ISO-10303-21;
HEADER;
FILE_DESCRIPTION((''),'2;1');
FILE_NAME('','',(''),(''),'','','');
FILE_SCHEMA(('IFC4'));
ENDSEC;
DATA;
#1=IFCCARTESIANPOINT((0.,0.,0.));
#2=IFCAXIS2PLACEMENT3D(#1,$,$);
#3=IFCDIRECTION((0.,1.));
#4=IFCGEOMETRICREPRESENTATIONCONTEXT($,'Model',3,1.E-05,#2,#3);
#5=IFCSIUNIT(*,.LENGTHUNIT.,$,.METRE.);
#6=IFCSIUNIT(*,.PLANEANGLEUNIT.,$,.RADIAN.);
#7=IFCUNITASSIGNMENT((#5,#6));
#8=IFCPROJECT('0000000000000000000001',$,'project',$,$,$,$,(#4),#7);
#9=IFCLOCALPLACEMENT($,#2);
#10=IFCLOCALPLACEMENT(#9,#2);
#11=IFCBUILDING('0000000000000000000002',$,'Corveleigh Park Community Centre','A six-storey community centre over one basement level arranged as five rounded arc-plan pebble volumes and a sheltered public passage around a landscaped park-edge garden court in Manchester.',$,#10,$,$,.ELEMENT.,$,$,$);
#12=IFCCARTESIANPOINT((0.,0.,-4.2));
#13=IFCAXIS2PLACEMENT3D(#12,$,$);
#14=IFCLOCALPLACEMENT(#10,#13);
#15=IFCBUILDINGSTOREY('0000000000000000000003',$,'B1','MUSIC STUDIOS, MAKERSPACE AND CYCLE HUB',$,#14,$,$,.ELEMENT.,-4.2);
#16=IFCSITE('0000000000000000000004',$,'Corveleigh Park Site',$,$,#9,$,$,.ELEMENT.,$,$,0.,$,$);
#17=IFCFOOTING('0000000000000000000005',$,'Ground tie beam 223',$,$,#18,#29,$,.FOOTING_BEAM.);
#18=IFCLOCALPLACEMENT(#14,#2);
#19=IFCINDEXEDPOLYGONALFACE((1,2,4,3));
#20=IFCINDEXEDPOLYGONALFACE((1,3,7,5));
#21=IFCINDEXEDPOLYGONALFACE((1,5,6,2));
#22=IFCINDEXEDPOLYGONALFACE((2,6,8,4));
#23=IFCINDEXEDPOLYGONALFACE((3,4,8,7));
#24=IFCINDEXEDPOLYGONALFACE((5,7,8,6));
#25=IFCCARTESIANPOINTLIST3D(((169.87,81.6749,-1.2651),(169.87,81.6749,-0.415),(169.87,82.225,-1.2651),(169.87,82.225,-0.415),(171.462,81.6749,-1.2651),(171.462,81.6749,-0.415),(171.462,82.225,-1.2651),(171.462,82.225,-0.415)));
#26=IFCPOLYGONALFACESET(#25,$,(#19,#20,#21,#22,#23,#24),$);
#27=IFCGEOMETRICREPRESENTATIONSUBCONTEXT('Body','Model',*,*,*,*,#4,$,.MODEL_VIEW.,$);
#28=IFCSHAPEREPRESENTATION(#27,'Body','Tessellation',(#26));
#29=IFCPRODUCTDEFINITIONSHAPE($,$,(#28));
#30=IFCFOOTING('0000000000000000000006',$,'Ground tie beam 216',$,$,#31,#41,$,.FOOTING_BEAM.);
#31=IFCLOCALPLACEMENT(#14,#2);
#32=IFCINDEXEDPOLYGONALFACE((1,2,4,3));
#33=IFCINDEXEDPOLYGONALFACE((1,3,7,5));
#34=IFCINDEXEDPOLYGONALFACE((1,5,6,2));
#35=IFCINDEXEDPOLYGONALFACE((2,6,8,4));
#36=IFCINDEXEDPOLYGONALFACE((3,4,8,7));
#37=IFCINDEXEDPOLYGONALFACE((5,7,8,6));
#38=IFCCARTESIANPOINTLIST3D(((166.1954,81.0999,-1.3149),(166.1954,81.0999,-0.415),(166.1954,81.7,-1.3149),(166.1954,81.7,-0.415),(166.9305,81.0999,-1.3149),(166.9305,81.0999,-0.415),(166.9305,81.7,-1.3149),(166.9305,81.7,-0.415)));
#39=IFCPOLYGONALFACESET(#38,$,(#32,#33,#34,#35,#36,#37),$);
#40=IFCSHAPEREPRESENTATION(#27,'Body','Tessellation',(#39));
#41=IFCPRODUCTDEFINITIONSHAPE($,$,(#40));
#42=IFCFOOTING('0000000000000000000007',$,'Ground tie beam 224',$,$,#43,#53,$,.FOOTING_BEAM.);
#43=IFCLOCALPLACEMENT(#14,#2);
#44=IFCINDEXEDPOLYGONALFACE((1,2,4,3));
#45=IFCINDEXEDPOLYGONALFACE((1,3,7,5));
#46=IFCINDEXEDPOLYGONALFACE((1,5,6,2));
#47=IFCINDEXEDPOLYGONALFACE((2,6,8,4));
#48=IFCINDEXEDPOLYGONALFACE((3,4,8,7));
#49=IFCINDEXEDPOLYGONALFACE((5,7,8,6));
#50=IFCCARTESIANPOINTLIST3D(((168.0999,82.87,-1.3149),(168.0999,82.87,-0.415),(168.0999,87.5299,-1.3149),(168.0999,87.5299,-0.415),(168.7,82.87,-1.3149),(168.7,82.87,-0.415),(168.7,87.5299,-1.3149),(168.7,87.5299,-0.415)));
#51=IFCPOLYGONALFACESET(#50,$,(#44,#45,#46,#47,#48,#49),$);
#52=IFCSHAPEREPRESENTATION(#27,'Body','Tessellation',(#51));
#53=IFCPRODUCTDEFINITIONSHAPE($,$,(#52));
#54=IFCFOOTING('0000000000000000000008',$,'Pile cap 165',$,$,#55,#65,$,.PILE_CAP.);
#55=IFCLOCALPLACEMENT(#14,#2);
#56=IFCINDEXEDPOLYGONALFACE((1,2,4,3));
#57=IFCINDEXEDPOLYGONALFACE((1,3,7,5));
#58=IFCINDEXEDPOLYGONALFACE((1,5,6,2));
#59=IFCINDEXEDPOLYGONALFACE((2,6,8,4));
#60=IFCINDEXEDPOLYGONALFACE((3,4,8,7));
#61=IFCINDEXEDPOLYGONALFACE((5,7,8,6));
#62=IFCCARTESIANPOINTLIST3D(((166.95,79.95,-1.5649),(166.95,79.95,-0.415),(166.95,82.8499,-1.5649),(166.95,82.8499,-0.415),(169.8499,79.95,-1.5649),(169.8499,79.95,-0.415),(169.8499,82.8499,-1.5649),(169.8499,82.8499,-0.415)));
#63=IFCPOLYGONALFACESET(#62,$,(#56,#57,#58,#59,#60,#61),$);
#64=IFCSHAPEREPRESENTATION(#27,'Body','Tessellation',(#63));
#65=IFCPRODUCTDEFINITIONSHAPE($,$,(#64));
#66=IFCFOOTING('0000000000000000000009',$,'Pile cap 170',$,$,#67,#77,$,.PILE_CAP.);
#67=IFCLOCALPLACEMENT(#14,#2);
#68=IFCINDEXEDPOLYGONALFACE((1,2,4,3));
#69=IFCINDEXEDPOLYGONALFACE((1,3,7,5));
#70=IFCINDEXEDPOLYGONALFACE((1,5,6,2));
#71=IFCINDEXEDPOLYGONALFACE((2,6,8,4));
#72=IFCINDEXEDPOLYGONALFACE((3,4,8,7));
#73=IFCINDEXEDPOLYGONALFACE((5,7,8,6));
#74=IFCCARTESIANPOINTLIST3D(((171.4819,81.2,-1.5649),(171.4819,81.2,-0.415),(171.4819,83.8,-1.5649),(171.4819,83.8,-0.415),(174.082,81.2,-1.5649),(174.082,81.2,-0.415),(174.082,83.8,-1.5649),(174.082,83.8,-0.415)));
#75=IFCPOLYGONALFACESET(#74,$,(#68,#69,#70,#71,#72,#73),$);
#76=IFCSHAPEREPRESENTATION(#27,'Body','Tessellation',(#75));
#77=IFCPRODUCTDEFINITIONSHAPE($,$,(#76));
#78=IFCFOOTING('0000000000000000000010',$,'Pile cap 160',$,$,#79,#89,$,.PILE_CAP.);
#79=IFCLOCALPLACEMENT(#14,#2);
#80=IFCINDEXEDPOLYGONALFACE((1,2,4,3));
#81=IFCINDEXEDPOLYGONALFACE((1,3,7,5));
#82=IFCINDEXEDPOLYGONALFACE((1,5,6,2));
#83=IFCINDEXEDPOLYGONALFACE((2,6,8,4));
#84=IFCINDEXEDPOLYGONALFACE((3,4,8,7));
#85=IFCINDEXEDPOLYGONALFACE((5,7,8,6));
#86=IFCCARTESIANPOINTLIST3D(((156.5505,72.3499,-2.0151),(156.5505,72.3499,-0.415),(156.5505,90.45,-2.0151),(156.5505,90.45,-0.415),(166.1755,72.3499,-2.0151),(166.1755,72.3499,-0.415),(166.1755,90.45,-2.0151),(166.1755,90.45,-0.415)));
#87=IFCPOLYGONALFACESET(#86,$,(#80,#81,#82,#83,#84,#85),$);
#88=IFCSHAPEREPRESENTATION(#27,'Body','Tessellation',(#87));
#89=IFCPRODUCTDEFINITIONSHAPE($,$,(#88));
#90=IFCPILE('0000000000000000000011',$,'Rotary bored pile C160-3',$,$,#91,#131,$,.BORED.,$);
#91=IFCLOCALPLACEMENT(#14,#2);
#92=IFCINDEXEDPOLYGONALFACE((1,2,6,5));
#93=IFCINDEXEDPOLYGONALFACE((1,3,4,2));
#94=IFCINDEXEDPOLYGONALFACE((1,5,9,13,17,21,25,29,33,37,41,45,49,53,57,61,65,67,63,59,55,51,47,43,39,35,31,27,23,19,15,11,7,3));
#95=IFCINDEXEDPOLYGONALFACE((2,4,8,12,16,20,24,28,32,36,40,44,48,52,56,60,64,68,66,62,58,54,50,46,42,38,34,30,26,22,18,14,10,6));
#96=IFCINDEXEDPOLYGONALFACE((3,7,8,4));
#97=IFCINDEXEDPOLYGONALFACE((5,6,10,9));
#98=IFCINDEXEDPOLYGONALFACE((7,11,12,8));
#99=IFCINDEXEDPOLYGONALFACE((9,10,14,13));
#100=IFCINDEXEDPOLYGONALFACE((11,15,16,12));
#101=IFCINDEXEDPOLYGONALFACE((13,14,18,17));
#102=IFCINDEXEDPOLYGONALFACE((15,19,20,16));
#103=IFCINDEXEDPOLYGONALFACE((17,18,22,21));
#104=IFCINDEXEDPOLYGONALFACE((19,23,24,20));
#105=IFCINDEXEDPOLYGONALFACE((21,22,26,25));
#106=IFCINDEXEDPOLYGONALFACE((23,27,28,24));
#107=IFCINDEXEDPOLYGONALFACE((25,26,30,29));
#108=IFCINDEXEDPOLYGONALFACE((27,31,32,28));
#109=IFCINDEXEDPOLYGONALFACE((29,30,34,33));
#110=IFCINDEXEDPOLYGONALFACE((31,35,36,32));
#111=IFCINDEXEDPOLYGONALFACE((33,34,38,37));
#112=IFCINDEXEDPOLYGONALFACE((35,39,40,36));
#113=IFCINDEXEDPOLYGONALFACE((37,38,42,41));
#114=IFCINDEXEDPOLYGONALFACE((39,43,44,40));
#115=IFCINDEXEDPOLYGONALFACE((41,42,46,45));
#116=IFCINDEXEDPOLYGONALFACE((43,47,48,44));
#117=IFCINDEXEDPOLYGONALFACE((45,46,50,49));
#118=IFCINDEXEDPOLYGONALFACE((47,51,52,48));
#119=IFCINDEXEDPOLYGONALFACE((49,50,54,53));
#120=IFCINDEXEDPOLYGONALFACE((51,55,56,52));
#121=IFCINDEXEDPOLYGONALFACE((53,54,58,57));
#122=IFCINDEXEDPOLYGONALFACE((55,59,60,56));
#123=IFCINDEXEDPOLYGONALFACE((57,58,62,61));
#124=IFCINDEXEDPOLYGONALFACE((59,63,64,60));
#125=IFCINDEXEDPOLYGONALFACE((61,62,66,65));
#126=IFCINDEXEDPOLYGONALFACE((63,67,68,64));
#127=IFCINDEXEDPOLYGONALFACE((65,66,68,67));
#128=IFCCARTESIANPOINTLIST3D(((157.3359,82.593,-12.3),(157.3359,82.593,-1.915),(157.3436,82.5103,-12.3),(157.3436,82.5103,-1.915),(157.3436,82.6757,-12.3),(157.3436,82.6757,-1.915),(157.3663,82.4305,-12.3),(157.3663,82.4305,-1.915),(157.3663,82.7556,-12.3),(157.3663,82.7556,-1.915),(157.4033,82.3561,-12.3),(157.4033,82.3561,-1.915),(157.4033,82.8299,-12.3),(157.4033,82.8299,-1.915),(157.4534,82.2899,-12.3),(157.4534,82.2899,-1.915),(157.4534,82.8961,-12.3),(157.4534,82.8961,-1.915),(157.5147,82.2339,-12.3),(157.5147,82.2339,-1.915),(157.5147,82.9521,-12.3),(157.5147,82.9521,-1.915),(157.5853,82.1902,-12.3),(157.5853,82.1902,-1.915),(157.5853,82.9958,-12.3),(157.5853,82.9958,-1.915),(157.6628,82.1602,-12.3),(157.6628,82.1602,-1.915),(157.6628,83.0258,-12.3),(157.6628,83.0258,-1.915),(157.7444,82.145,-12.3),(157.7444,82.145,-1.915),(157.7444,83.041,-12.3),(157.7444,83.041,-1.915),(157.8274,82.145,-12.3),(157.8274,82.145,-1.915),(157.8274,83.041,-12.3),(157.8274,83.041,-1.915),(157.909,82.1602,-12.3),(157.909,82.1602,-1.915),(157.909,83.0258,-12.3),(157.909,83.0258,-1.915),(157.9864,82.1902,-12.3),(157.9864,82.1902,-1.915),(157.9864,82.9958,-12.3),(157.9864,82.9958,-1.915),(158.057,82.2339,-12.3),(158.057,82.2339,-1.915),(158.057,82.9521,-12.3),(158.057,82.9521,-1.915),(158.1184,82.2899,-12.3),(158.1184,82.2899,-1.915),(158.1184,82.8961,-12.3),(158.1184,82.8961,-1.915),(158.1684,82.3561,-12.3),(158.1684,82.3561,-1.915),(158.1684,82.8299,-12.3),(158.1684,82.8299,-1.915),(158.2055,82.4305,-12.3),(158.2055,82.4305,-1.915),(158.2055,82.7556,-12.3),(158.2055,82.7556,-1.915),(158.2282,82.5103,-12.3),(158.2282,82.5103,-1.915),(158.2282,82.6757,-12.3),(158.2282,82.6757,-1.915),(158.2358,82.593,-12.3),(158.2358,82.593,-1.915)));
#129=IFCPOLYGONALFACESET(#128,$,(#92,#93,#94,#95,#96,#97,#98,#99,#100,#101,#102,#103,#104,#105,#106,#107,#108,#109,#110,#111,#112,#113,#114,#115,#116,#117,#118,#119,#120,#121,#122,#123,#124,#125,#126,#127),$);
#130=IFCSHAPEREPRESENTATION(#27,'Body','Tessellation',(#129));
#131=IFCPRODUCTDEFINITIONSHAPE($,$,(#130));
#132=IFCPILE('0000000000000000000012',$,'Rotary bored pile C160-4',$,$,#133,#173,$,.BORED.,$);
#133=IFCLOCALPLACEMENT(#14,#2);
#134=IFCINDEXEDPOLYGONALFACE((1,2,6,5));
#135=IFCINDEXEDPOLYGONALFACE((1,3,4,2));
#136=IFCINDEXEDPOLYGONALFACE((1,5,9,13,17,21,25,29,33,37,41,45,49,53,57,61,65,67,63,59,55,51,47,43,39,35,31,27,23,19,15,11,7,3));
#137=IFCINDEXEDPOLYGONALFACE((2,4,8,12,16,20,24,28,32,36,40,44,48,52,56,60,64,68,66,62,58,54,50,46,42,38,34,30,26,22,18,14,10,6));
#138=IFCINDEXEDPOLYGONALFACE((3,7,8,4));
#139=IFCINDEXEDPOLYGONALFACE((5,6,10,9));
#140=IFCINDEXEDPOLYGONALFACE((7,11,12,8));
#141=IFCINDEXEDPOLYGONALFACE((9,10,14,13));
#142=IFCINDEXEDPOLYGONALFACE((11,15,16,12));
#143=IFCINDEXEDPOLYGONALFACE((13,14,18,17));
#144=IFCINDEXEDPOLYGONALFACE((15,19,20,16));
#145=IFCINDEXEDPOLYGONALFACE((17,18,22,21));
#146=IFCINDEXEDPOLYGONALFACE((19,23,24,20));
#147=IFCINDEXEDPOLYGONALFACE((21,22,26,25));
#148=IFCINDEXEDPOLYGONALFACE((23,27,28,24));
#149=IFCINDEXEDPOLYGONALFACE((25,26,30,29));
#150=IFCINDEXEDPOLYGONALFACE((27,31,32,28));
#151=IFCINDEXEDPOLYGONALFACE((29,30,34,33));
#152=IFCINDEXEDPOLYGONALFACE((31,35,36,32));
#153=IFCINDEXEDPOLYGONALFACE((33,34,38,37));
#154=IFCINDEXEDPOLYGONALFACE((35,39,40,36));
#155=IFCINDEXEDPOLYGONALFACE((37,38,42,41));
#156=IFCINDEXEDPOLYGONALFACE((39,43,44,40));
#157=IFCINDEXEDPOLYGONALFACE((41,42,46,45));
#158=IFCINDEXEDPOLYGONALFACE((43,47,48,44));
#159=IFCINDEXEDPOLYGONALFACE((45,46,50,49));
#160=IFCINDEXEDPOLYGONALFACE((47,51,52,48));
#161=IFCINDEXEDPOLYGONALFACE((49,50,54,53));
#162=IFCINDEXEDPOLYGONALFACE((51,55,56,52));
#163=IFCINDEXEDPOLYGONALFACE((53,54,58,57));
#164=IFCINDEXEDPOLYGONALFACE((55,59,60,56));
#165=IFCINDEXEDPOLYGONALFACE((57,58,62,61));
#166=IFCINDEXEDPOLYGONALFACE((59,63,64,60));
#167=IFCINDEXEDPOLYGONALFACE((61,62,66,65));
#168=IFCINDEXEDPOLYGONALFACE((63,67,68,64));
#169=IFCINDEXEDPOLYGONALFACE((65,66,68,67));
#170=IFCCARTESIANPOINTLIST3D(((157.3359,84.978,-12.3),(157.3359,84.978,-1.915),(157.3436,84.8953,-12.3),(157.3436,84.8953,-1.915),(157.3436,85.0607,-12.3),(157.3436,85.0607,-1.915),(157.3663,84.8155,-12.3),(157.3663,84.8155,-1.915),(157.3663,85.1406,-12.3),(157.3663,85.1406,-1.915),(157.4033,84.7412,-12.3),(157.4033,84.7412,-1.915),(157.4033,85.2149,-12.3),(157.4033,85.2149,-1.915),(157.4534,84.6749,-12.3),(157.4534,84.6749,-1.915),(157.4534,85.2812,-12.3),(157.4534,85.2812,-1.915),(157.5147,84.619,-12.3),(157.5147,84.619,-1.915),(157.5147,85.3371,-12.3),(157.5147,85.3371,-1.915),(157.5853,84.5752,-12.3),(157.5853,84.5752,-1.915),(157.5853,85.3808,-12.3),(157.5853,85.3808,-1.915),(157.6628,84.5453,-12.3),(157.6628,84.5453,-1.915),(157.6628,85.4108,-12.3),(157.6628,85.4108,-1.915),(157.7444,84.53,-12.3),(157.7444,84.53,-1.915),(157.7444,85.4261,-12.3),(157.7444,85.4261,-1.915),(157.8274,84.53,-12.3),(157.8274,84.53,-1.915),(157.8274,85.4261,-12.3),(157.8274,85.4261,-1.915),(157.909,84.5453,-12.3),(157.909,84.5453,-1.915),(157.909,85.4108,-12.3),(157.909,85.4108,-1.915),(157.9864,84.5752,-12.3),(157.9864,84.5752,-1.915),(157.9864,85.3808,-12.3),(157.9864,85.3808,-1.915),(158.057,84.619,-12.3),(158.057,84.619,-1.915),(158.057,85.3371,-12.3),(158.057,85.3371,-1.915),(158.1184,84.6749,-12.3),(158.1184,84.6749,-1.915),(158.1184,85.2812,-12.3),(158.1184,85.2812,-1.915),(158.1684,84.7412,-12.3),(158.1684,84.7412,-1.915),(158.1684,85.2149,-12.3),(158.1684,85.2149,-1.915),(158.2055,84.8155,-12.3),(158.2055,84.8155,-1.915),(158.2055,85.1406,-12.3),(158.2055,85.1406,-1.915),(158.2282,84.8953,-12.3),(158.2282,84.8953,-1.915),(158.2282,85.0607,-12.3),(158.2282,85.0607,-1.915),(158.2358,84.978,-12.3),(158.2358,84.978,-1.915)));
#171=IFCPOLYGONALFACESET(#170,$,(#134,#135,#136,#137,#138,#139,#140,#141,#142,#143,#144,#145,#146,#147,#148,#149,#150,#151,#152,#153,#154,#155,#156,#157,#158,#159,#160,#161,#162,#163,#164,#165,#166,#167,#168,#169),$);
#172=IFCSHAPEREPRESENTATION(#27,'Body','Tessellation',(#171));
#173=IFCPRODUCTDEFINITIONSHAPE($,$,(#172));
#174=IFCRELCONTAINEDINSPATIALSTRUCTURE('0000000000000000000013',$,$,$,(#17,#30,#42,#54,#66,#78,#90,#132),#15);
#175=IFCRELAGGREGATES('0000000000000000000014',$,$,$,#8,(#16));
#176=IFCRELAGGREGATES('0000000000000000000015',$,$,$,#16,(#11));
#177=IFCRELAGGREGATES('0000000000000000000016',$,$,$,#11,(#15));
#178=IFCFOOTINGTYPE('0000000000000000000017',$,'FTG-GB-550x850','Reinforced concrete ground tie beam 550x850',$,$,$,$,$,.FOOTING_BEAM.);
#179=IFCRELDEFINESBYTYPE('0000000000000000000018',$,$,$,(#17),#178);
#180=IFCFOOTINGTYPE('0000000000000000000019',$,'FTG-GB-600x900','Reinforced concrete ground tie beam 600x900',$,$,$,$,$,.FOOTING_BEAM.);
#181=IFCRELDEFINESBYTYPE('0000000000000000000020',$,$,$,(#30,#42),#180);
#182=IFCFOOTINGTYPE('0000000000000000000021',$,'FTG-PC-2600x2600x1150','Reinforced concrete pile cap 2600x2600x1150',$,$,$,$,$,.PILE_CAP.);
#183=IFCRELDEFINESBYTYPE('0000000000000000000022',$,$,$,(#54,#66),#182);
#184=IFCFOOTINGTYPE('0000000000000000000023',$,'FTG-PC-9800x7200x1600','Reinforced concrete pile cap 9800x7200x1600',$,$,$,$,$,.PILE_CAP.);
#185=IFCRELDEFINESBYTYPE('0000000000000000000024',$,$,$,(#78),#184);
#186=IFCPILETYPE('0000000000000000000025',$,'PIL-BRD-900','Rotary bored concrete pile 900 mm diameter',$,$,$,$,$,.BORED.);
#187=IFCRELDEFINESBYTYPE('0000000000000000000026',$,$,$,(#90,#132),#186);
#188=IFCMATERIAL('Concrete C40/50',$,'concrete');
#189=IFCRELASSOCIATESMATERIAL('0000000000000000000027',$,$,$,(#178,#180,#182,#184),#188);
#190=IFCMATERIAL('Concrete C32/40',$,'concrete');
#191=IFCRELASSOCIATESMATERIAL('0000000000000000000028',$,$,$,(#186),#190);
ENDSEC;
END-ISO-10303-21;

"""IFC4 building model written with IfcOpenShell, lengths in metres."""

from ifc_helpers import new_model, si_unit, direction, frame, origin, origin_2d, place, context, subcontext, project, spatial, rectangle, circle, extrude, material, material_profile, profile_set, type_object, element, save


model = new_model("IFC4")

# Units and contexts
model_context = context("Model", 3, precision=1e-05, world=origin(), true_north=direction((0.0, 1.0)))
body_context = subcontext(model_context, "Body", "Model", "MODEL_VIEW")
ifc_project = project(units=[si_unit("LENGTHUNIT", "METRE"), si_unit("PLANEANGLEUNIT", "RADIAN")], contexts=[model_context])

# Site, building, storey
site_placement = place(None, origin())
site = spatial("IfcSite", under=ifc_project, at=site_placement, Name="Corveleigh Park Site", CompositionType="ELEMENT", RefElevation=0.0)
building_placement = place(site_placement, origin())
building = spatial("IfcBuilding", under=site, at=building_placement, Name="Corveleigh Park Community Centre", Description="A six-storey community centre over one basement level arranged as five rounded arc-plan pebble volumes and a sheltered public passage around a landscaped park-edge garden court in Manchester.", CompositionType="ELEMENT")
storey_placement = place(building_placement, frame((0.0, 0.0, -4.2)))
storey = spatial("IfcBuildingStorey", under=building, at=storey_placement, Name="B1", Description="MUSIC STUDIOS, MAKERSPACE AND CYCLE HUB", CompositionType="ELEMENT", Elevation=-4.2)

# Footings
ifc_material_1 = material(Name="Concrete C40/50", Category="concrete")
footing_type_1 = type_object("IfcFootingType", Name="FTG-GB-550x850", Description="Reinforced concrete ground tie beam 550x850", PredefinedType="FOOTING_BEAM", material=ifc_material_1)
footing_1_placement = place(storey_placement, frame((170.666, 81.95, -1.2651), z_axis=(0.0, 0.0, 1.0), x_axis=(1.0, 0.0, 0.0)))
element("IfcFooting", 1, at=footing_1_placement, inside=storey, type_object=footing_type_1, Name="Ground tie beam 223", PredefinedType="FOOTING_BEAM", context=body_context, shape_type="SweptSolid", body=[
    extrude(rectangle(XDim=1.592, YDim=0.55, at=origin_2d()), origin(), (0.0, 0.0, 1.0), 0.8501),
])
footing_type_2 = type_object("IfcFootingType", Name="FTG-GB-600x900", Description="Reinforced concrete ground tie beam 600x900", PredefinedType="FOOTING_BEAM", material=ifc_material_1)
footing_2_placement = place(storey_placement, frame((166.563, 81.3999, -1.3149), z_axis=(0.0, 0.0, 1.0), x_axis=(1.0, 0.0, 0.0)))
element("IfcFooting", 2, at=footing_2_placement, inside=storey, type_object=footing_type_2, Name="Ground tie beam 216", PredefinedType="FOOTING_BEAM", context=body_context, shape_type="SweptSolid", body=[
    extrude(rectangle(XDim=0.7351, YDim=0.6001, at=origin_2d()), origin(), (0.0, 0.0, 1.0), 0.8999),
])
footing_3_placement = place(storey_placement, frame((168.3999, 85.2, -1.3149), z_axis=(0.0, 0.0, 1.0), x_axis=(1.0, 0.0, 0.0)))
element("IfcFooting", 3, at=footing_3_placement, inside=storey, type_object=footing_type_2, Name="Ground tie beam 224", PredefinedType="FOOTING_BEAM", context=body_context, shape_type="SweptSolid", body=[
    extrude(rectangle(XDim=0.6001, YDim=4.6599, at=origin_2d()), origin(), (0.0, 0.0, 1.0), 0.8999),
])
footing_type_3 = type_object("IfcFootingType", Name="FTG-PC-2600x2600x1150", Description="Reinforced concrete pile cap 2600x2600x1150", PredefinedType="PILE_CAP", material=ifc_material_1)
footing_4_placement = place(storey_placement, frame((168.3999, 81.3999, -1.5649), z_axis=(0.0, 0.0, 1.0), x_axis=(1.0, 0.0, 0.0)))
element("IfcFooting", 4, at=footing_4_placement, inside=storey, type_object=footing_type_3, Name="Pile cap 165", PredefinedType="PILE_CAP", context=body_context, shape_type="SweptSolid", body=[
    extrude(rectangle(XDim=2.8999, YDim=2.8999, at=origin_2d()), origin(), (0.0, 0.0, 1.0), 1.1499),
])
footing_5_placement = place(storey_placement, frame((172.782, 82.5, -1.5649), z_axis=(0.0, 0.0, 1.0), x_axis=(1.0, 0.0, 0.0)))
element("IfcFooting", 5, at=footing_5_placement, inside=storey, type_object=footing_type_3, Name="Pile cap 170", PredefinedType="PILE_CAP", context=body_context, shape_type="SweptSolid", body=[
    extrude(rectangle(XDim=2.6001, YDim=2.6001, at=origin_2d()), origin(), (0.0, 0.0, 1.0), 1.1499),
])
footing_type_4 = type_object("IfcFootingType", Name="FTG-PC-9800x7200x1600", Description="Reinforced concrete pile cap 9800x7200x1600", PredefinedType="PILE_CAP", material=ifc_material_1)
footing_6_placement = place(storey_placement, frame((161.363, 81.3999, -2.0151), z_axis=(0.0, 0.0, 1.0), x_axis=(1.0, 0.0, 0.0)))
element("IfcFooting", 6, at=footing_6_placement, inside=storey, type_object=footing_type_4, Name="Pile cap 160", PredefinedType="PILE_CAP", context=body_context, shape_type="SweptSolid", body=[
    extrude(rectangle(XDim=9.625, YDim=18.1001, at=origin_2d()), origin(), (0.0, 0.0, 1.0), 1.6001),
])

# Piles
ifc_material_2 = material(Name="Concrete C32/40", Category="concrete")
ifc_material_profile_1 = material_profile(ifc_material_2, circle(Radius=0.45, at=origin_2d()), Name="BORED-PILE-900", Category="concrete")
ifc_profile_set_1 = profile_set([ifc_material_profile_1], Name="Concrete C32/40")
pile_type = type_object("IfcPileType", Name="PIL-BRD-900", Description="Rotary bored concrete pile 900 mm diameter", PredefinedType="BORED", material=ifc_profile_set_1)
for number, where, z_axis, x_axis, name in (
    (7, (157.7859, 82.593, -1.915), (0.0, 0.0, -1.0), (1.0, 0.0, 0.0), "Rotary bored pile C160-3"),
    (8, (157.7859, 84.978, -1.915), (0.0, 0.0, -1.0), (1.0, 0.0, 0.0), "Rotary bored pile C160-4"),
):
    element("IfcPile", number, at=place(storey_placement, frame(where, z_axis=z_axis, x_axis=x_axis)), inside=storey, type_object=pile_type, Name=name, PredefinedType="BORED", context=body_context, shape_type="SweptSolid", body=[
        extrude(circle(Radius=0.45, at=origin_2d()), origin(), (0.0, 0.0, 1.0), 10.385),
    ])

save(model, "model.ifc")
